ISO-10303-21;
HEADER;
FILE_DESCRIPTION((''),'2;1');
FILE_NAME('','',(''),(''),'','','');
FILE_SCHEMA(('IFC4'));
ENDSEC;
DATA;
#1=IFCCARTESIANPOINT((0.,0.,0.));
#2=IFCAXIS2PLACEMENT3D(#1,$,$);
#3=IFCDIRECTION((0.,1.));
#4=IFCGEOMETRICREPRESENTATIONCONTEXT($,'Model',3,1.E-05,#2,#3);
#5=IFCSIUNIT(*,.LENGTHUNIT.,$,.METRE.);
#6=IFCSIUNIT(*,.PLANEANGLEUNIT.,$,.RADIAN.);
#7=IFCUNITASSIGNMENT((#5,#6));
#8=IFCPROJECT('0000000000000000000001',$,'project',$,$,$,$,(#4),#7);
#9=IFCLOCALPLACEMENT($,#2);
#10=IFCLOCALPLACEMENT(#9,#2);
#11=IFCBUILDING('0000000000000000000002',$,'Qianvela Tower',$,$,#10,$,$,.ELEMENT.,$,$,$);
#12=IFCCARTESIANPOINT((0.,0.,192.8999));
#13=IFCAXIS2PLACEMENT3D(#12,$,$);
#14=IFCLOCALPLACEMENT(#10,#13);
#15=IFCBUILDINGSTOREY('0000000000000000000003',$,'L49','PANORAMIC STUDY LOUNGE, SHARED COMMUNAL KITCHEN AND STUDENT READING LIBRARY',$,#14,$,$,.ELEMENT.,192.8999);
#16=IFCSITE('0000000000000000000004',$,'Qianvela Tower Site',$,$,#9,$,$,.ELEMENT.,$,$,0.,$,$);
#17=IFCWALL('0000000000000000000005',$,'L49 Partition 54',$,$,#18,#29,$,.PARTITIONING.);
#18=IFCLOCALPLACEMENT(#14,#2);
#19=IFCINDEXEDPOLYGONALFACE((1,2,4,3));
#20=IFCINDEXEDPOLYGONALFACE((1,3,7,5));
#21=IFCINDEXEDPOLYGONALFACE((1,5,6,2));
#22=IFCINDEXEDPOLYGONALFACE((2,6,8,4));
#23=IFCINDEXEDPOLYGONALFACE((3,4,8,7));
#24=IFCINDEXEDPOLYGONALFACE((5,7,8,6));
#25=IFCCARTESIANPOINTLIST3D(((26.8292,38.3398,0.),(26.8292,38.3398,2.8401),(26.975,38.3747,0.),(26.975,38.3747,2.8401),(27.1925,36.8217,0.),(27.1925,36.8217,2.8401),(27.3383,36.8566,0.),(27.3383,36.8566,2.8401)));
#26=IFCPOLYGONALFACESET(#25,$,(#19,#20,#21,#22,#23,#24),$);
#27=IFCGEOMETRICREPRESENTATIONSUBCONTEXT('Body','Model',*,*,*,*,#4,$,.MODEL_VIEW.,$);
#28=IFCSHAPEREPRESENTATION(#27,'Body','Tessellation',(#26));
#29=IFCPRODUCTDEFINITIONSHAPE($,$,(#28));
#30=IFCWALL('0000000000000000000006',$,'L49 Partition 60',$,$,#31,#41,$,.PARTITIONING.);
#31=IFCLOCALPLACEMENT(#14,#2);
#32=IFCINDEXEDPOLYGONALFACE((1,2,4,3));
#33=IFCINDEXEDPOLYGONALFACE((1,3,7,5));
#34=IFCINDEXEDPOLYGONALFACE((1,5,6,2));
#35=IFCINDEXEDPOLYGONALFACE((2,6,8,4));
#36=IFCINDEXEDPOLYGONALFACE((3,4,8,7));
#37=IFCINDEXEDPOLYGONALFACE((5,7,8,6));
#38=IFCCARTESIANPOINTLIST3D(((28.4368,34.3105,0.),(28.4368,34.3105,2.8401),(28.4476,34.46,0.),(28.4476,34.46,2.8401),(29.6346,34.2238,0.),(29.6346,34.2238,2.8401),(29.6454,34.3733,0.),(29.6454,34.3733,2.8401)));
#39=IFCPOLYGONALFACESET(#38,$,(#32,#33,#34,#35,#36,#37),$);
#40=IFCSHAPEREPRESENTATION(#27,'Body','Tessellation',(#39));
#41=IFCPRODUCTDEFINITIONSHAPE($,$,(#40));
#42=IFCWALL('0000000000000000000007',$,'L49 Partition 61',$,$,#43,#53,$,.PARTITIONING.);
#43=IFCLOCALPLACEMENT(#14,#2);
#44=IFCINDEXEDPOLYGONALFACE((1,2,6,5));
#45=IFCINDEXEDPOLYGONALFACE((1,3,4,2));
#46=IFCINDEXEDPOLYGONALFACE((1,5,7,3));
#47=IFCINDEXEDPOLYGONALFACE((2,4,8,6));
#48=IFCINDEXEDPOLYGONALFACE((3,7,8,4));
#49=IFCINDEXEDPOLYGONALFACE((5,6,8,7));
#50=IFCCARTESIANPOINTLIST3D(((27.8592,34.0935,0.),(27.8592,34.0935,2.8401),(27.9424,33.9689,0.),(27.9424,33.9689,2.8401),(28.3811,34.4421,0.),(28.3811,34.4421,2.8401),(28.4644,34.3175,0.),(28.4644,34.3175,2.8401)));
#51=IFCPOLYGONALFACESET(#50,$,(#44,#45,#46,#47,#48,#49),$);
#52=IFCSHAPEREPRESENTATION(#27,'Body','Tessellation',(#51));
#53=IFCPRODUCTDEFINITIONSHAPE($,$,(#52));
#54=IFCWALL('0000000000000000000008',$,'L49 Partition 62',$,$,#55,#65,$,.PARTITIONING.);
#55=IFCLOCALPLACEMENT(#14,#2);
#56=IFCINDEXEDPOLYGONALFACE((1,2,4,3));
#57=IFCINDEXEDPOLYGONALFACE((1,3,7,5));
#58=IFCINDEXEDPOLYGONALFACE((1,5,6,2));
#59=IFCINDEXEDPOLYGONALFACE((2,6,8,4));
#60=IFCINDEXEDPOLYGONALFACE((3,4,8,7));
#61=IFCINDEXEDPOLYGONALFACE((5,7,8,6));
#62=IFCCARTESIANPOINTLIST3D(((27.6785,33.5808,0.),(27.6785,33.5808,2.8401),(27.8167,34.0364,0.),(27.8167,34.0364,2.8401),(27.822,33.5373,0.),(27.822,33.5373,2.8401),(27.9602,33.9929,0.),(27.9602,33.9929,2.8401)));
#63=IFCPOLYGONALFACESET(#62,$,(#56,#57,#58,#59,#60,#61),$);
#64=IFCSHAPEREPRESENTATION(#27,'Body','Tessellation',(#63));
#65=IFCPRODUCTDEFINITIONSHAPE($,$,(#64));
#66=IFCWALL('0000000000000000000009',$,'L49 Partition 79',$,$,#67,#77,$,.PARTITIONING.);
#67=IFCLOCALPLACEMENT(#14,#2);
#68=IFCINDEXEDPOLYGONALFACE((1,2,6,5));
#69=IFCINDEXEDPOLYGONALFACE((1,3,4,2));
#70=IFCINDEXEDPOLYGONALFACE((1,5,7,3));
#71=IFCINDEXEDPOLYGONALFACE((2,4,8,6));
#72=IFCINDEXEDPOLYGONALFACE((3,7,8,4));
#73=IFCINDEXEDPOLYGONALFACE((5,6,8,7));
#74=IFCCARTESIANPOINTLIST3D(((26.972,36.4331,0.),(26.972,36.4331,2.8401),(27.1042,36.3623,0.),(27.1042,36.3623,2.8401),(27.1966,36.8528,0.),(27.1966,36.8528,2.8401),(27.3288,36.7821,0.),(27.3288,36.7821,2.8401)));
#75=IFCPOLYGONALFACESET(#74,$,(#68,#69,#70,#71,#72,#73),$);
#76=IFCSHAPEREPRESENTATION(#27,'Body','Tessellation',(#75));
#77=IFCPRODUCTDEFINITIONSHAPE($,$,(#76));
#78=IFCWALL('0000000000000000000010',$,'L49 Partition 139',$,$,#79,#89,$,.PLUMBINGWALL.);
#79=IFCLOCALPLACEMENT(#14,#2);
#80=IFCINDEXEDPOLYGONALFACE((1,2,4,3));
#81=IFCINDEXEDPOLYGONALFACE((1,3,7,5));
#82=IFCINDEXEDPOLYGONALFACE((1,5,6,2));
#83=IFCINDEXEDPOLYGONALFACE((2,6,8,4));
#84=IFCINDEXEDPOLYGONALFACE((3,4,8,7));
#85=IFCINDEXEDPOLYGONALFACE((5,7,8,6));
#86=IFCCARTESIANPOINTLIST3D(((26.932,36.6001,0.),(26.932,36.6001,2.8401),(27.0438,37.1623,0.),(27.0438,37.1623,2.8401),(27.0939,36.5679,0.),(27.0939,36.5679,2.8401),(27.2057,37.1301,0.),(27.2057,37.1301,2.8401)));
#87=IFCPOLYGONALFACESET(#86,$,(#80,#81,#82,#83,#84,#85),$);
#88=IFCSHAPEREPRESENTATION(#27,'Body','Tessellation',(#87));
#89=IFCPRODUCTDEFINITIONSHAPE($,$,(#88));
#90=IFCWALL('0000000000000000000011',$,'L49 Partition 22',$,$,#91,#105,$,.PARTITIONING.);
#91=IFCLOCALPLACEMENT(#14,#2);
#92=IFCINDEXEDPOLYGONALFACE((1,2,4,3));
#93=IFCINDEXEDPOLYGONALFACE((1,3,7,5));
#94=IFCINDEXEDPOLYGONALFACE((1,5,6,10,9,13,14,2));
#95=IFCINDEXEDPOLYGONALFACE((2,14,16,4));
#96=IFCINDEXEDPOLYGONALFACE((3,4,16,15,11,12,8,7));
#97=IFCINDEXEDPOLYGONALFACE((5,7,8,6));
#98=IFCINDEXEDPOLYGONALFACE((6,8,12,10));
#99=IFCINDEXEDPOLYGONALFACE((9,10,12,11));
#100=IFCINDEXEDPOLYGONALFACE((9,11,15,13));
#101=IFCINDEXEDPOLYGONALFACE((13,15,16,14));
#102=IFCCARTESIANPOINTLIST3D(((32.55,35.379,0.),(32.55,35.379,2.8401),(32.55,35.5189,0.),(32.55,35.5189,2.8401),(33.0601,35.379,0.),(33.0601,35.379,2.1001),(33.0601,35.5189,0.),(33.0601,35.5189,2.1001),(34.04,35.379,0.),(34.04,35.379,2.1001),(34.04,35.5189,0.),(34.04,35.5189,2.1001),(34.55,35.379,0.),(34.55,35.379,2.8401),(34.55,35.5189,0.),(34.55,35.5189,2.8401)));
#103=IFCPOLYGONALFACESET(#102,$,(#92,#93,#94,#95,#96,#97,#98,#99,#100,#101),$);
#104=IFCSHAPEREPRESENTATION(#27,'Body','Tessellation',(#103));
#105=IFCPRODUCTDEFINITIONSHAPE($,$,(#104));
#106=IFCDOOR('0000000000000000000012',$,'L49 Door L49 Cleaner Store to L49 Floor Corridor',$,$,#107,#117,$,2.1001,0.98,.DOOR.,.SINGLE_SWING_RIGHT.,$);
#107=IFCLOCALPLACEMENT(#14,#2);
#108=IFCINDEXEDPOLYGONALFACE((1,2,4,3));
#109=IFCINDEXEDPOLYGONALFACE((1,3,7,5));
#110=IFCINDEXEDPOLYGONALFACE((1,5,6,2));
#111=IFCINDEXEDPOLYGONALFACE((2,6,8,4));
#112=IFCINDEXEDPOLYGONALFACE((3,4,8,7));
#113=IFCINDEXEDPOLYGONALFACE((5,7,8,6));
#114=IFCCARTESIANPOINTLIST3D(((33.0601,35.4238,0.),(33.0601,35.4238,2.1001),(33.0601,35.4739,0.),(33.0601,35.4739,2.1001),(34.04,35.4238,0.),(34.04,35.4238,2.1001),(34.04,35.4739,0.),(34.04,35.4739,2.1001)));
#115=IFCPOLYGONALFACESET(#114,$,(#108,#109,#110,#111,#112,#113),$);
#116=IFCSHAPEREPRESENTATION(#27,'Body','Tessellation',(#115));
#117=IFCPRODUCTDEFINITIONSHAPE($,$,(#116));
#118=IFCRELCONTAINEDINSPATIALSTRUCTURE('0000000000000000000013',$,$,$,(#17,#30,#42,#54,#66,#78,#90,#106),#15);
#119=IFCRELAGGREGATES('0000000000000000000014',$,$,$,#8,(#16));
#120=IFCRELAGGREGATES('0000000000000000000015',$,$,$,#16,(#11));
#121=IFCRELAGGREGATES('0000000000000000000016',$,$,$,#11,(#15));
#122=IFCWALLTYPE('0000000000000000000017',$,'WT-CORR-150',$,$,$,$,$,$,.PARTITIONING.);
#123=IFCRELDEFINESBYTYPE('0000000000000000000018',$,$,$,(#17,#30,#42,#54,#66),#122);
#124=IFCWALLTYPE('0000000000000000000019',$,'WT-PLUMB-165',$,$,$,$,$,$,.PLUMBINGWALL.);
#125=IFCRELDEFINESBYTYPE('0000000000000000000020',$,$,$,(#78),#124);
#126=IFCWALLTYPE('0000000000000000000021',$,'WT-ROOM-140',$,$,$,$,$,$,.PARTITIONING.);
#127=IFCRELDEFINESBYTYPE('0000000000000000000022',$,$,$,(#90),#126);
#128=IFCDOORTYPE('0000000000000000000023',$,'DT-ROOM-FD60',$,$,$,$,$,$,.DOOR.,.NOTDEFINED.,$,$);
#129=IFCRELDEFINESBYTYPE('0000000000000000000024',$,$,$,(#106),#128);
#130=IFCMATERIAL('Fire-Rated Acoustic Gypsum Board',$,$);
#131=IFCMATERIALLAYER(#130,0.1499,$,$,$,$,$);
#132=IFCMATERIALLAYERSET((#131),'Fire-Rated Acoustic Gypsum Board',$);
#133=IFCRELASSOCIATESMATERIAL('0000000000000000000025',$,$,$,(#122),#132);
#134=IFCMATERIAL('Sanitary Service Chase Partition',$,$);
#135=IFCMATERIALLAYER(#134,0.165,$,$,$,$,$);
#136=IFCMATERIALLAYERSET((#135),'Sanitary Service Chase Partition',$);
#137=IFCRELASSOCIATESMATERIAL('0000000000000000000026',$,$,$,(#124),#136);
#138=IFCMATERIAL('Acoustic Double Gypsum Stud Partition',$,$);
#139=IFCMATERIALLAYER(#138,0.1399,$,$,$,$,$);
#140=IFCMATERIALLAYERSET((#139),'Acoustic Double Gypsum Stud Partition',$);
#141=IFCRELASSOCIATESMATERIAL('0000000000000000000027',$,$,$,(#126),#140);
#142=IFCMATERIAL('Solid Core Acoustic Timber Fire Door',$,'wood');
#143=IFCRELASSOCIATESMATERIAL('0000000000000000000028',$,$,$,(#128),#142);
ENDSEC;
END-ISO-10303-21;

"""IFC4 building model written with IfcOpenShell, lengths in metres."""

from ifc_helpers import new_model, si_unit, direction, frame, frame_2d, origin, place, context, subcontext, project, spatial, rectangle, extrude, material, layer, layer_set, type_object, element, fill, save


model = new_model("IFC4")

# Units and contexts
model_context = context("Model", 3, precision=1e-05, world=origin(), true_north=direction((0.0, 1.0)))
body_context = subcontext(model_context, "Body", "Model", "MODEL_VIEW")
ifc_project = project(units=[si_unit("LENGTHUNIT", "METRE"), si_unit("PLANEANGLEUNIT", "RADIAN")], contexts=[model_context])

# Site, building, storey
site_placement = place(None, origin())
site = spatial("IfcSite", under=ifc_project, at=site_placement, Name="Qianvela Tower Site", CompositionType="ELEMENT", RefElevation=0.0)
building_placement = place(site_placement, origin())
building = spatial("IfcBuilding", under=site, at=building_placement, Name="Qianvela Tower", CompositionType="ELEMENT")
storey_placement = place(building_placement, frame((0.0, 0.0, 192.8999)))
storey = spatial("IfcBuildingStorey", under=building, at=storey_placement, Name="L49", Description="PANORAMIC STUDY LOUNGE, SHARED COMMUNAL KITCHEN AND STUDENT READING LIBRARY", CompositionType="ELEMENT", Elevation=192.8999)

# Shared definitions
ifc_material_1 = material(Name="Fire-Rated Acoustic Gypsum Board")
ifc_layer_1 = layer(ifc_material_1, 0.1499)
ifc_layer_set_1 = layer_set([ifc_layer_1], Name="Fire-Rated Acoustic Gypsum Board")
wall_type_1 = type_object("IfcWallType", Name="WT-CORR-150", PredefinedType="PARTITIONING", material=ifc_layer_set_1)

# Walls
wall_1_placement = place(storey_placement, frame((27.2654, 36.8391, 0.0), z_axis=(0.0, 0.0, 1.0), x_axis=(-0.232734, 0.97254, 0.0)))
element("IfcWall", 1, at=wall_1_placement, inside=storey, type_object=wall_type_1, Name="L49 Partition 54", PredefinedType="PARTITIONING", context=body_context, shape_type="SweptSolid", body=[
    extrude(rectangle(XDim=1.561, YDim=0.1499, at=frame_2d((0.7805, 0.0))), origin(), (0.0, 0.0, 1.0), 2.8401),
])
wall_2_placement = place(storey_placement, frame((29.6401, 34.2986, 0.0), z_axis=(0.0, 0.0, 1.0), x_axis=(-0.997392, 0.072172, 0.0)))
element("IfcWall", 2, at=wall_2_placement, inside=storey, type_object=wall_type_1, Name="L49 Partition 60", PredefinedType="PARTITIONING", context=body_context, shape_type="SweptSolid", body=[
    extrude(rectangle(XDim=1.2009, YDim=0.1499, at=frame_2d((0.6006, 0.0))), origin(), (0.0, 0.0, 1.0), 2.8401),
])
wall_3_placement = place(storey_placement, frame((28.4229, 34.3799, 0.0), z_axis=(0.0, 0.0, 1.0), x_axis=(-0.831571, -0.555418, 0.0)))
element("IfcWall", 3, at=wall_3_placement, inside=storey, type_object=wall_type_1, Name="L49 Partition 61", PredefinedType="PARTITIONING", context=body_context, shape_type="SweptSolid", body=[
    extrude(rectangle(XDim=0.6277, YDim=0.1499, at=frame_2d((0.314, 0.0))), origin(), (0.0, 0.0, 1.0), 2.8401),
])
for number, where, z_axis, x_axis, name in (
    (4, (27.8884, 34.0146, 0.0), (0.0, 0.0, 1.0), (-0.290264, -0.956947, 0.0), "L49 Partition 62"),
    (5, (27.0381, 36.3977, 0.0), (0.0, 0.0, 1.0), (0.471866, 0.881671, 0.0), "L49 Partition 79"),
):
    element("IfcWall", number, at=place(storey_placement, frame(where, z_axis=z_axis, x_axis=x_axis)), inside=storey, type_object=wall_type_1, Name=name, PredefinedType="PARTITIONING", context=body_context, shape_type="SweptSolid", body=[
        extrude(rectangle(XDim=0.4761, YDim=0.1499, at=frame_2d((0.238, 0.0))), origin(), (0.0, 0.0, 1.0), 2.8401),
    ])
ifc_material_2 = material(Name="Sanitary Service Chase Partition")
ifc_layer_2 = layer(ifc_material_2, 0.165)
ifc_layer_set_2 = layer_set([ifc_layer_2], Name="Sanitary Service Chase Partition")
wall_type_2 = type_object("IfcWallType", Name="WT-PLUMB-165", PredefinedType="PLUMBINGWALL", material=ifc_layer_set_2)
wall_4_placement = place(storey_placement, frame((27.1248, 37.1462, 0.0), z_axis=(0.0, 0.0, 1.0), x_axis=(-0.195051, -0.980793, 0.0)))
element("IfcWall", 6, at=wall_4_placement, inside=storey, type_object=wall_type_2, Name="L49 Partition 139", PredefinedType="PLUMBINGWALL", context=body_context, shape_type="SweptSolid", body=[
    extrude(rectangle(XDim=0.5732, YDim=0.165, at=frame_2d((0.2866, 0.0))), origin(), (0.0, 0.0, 1.0), 2.8401),
])

# Wall, opening, door
ifc_material_3 = material(Name="Acoustic Double Gypsum Stud Partition")
ifc_layer_3 = layer(ifc_material_3, 0.1399)
ifc_layer_set_3 = layer_set([ifc_layer_3], Name="Acoustic Double Gypsum Stud Partition")
wall_type_3 = type_object("IfcWallType", Name="WT-ROOM-140", PredefinedType="PARTITIONING", material=ifc_layer_set_3)
wall_5_placement = place(storey_placement, frame((32.55, 35.449, 0.0), z_axis=(0.0, 0.0, 1.0), x_axis=(1.0, 0.0, 0.0)))
wall_5 = element("IfcWall", 7, at=wall_5_placement, inside=storey, type_object=wall_type_3, Name="L49 Partition 22", PredefinedType="PARTITIONING", context=body_context, shape_type="SweptSolid", body=[
    extrude(rectangle(XDim=2.0, YDim=0.1399, at=frame_2d((1.0, 0.0))), origin(), (0.0, 0.0, 1.0), 2.8401),
])
opening_1_placement = place(wall_5_placement, frame((0.51, 0.0, 0.0)))
opening_1 = element("IfcOpeningElement", 8, at=opening_1_placement, cuts=wall_5, PredefinedType="OPENING", context=body_context, shape_type="SweptSolid", body=[
    extrude(rectangle(XDim=0.98, YDim=2.1001, at=frame_2d((0.49, 1.05))), frame((0.0, 0.0798, 0.0), z_axis=(0.0, -1.0, 0.0), x_axis=(1.0, 0.0, 0.0)), (0.0, 0.0, 1.0), 0.1599),
])
ifc_material_4 = material(Name="Solid Core Acoustic Timber Fire Door", Category="wood")
door_type_1 = type_object("IfcDoorType", Name="DT-ROOM-FD60", OperationType="NOTDEFINED", PredefinedType="DOOR", material=ifc_material_4)
door_1_placement = place(opening_1_placement, origin())
door_1 = element("IfcDoor", 9, at=door_1_placement, inside=storey, type_object=door_type_1, Name="L49 Door L49 Cleaner Store to L49 Floor Corridor", OperationType="SINGLE_SWING_RIGHT", OverallHeight=2.1001, OverallWidth=0.98, PredefinedType="DOOR", context=body_context, shape_type="SweptSolid", body=[
    extrude(rectangle(XDim=0.98, YDim=2.1001, at=frame_2d((0.49, 1.05))), frame((0.0, 0.0249, 0.0), z_axis=(0.0, -1.0, 0.0), x_axis=(1.0, 0.0, 0.0)), (0.0, 0.0, 1.0), 0.05),
])
fill(opening_1, door_1)

save(model, "model.ifc")
